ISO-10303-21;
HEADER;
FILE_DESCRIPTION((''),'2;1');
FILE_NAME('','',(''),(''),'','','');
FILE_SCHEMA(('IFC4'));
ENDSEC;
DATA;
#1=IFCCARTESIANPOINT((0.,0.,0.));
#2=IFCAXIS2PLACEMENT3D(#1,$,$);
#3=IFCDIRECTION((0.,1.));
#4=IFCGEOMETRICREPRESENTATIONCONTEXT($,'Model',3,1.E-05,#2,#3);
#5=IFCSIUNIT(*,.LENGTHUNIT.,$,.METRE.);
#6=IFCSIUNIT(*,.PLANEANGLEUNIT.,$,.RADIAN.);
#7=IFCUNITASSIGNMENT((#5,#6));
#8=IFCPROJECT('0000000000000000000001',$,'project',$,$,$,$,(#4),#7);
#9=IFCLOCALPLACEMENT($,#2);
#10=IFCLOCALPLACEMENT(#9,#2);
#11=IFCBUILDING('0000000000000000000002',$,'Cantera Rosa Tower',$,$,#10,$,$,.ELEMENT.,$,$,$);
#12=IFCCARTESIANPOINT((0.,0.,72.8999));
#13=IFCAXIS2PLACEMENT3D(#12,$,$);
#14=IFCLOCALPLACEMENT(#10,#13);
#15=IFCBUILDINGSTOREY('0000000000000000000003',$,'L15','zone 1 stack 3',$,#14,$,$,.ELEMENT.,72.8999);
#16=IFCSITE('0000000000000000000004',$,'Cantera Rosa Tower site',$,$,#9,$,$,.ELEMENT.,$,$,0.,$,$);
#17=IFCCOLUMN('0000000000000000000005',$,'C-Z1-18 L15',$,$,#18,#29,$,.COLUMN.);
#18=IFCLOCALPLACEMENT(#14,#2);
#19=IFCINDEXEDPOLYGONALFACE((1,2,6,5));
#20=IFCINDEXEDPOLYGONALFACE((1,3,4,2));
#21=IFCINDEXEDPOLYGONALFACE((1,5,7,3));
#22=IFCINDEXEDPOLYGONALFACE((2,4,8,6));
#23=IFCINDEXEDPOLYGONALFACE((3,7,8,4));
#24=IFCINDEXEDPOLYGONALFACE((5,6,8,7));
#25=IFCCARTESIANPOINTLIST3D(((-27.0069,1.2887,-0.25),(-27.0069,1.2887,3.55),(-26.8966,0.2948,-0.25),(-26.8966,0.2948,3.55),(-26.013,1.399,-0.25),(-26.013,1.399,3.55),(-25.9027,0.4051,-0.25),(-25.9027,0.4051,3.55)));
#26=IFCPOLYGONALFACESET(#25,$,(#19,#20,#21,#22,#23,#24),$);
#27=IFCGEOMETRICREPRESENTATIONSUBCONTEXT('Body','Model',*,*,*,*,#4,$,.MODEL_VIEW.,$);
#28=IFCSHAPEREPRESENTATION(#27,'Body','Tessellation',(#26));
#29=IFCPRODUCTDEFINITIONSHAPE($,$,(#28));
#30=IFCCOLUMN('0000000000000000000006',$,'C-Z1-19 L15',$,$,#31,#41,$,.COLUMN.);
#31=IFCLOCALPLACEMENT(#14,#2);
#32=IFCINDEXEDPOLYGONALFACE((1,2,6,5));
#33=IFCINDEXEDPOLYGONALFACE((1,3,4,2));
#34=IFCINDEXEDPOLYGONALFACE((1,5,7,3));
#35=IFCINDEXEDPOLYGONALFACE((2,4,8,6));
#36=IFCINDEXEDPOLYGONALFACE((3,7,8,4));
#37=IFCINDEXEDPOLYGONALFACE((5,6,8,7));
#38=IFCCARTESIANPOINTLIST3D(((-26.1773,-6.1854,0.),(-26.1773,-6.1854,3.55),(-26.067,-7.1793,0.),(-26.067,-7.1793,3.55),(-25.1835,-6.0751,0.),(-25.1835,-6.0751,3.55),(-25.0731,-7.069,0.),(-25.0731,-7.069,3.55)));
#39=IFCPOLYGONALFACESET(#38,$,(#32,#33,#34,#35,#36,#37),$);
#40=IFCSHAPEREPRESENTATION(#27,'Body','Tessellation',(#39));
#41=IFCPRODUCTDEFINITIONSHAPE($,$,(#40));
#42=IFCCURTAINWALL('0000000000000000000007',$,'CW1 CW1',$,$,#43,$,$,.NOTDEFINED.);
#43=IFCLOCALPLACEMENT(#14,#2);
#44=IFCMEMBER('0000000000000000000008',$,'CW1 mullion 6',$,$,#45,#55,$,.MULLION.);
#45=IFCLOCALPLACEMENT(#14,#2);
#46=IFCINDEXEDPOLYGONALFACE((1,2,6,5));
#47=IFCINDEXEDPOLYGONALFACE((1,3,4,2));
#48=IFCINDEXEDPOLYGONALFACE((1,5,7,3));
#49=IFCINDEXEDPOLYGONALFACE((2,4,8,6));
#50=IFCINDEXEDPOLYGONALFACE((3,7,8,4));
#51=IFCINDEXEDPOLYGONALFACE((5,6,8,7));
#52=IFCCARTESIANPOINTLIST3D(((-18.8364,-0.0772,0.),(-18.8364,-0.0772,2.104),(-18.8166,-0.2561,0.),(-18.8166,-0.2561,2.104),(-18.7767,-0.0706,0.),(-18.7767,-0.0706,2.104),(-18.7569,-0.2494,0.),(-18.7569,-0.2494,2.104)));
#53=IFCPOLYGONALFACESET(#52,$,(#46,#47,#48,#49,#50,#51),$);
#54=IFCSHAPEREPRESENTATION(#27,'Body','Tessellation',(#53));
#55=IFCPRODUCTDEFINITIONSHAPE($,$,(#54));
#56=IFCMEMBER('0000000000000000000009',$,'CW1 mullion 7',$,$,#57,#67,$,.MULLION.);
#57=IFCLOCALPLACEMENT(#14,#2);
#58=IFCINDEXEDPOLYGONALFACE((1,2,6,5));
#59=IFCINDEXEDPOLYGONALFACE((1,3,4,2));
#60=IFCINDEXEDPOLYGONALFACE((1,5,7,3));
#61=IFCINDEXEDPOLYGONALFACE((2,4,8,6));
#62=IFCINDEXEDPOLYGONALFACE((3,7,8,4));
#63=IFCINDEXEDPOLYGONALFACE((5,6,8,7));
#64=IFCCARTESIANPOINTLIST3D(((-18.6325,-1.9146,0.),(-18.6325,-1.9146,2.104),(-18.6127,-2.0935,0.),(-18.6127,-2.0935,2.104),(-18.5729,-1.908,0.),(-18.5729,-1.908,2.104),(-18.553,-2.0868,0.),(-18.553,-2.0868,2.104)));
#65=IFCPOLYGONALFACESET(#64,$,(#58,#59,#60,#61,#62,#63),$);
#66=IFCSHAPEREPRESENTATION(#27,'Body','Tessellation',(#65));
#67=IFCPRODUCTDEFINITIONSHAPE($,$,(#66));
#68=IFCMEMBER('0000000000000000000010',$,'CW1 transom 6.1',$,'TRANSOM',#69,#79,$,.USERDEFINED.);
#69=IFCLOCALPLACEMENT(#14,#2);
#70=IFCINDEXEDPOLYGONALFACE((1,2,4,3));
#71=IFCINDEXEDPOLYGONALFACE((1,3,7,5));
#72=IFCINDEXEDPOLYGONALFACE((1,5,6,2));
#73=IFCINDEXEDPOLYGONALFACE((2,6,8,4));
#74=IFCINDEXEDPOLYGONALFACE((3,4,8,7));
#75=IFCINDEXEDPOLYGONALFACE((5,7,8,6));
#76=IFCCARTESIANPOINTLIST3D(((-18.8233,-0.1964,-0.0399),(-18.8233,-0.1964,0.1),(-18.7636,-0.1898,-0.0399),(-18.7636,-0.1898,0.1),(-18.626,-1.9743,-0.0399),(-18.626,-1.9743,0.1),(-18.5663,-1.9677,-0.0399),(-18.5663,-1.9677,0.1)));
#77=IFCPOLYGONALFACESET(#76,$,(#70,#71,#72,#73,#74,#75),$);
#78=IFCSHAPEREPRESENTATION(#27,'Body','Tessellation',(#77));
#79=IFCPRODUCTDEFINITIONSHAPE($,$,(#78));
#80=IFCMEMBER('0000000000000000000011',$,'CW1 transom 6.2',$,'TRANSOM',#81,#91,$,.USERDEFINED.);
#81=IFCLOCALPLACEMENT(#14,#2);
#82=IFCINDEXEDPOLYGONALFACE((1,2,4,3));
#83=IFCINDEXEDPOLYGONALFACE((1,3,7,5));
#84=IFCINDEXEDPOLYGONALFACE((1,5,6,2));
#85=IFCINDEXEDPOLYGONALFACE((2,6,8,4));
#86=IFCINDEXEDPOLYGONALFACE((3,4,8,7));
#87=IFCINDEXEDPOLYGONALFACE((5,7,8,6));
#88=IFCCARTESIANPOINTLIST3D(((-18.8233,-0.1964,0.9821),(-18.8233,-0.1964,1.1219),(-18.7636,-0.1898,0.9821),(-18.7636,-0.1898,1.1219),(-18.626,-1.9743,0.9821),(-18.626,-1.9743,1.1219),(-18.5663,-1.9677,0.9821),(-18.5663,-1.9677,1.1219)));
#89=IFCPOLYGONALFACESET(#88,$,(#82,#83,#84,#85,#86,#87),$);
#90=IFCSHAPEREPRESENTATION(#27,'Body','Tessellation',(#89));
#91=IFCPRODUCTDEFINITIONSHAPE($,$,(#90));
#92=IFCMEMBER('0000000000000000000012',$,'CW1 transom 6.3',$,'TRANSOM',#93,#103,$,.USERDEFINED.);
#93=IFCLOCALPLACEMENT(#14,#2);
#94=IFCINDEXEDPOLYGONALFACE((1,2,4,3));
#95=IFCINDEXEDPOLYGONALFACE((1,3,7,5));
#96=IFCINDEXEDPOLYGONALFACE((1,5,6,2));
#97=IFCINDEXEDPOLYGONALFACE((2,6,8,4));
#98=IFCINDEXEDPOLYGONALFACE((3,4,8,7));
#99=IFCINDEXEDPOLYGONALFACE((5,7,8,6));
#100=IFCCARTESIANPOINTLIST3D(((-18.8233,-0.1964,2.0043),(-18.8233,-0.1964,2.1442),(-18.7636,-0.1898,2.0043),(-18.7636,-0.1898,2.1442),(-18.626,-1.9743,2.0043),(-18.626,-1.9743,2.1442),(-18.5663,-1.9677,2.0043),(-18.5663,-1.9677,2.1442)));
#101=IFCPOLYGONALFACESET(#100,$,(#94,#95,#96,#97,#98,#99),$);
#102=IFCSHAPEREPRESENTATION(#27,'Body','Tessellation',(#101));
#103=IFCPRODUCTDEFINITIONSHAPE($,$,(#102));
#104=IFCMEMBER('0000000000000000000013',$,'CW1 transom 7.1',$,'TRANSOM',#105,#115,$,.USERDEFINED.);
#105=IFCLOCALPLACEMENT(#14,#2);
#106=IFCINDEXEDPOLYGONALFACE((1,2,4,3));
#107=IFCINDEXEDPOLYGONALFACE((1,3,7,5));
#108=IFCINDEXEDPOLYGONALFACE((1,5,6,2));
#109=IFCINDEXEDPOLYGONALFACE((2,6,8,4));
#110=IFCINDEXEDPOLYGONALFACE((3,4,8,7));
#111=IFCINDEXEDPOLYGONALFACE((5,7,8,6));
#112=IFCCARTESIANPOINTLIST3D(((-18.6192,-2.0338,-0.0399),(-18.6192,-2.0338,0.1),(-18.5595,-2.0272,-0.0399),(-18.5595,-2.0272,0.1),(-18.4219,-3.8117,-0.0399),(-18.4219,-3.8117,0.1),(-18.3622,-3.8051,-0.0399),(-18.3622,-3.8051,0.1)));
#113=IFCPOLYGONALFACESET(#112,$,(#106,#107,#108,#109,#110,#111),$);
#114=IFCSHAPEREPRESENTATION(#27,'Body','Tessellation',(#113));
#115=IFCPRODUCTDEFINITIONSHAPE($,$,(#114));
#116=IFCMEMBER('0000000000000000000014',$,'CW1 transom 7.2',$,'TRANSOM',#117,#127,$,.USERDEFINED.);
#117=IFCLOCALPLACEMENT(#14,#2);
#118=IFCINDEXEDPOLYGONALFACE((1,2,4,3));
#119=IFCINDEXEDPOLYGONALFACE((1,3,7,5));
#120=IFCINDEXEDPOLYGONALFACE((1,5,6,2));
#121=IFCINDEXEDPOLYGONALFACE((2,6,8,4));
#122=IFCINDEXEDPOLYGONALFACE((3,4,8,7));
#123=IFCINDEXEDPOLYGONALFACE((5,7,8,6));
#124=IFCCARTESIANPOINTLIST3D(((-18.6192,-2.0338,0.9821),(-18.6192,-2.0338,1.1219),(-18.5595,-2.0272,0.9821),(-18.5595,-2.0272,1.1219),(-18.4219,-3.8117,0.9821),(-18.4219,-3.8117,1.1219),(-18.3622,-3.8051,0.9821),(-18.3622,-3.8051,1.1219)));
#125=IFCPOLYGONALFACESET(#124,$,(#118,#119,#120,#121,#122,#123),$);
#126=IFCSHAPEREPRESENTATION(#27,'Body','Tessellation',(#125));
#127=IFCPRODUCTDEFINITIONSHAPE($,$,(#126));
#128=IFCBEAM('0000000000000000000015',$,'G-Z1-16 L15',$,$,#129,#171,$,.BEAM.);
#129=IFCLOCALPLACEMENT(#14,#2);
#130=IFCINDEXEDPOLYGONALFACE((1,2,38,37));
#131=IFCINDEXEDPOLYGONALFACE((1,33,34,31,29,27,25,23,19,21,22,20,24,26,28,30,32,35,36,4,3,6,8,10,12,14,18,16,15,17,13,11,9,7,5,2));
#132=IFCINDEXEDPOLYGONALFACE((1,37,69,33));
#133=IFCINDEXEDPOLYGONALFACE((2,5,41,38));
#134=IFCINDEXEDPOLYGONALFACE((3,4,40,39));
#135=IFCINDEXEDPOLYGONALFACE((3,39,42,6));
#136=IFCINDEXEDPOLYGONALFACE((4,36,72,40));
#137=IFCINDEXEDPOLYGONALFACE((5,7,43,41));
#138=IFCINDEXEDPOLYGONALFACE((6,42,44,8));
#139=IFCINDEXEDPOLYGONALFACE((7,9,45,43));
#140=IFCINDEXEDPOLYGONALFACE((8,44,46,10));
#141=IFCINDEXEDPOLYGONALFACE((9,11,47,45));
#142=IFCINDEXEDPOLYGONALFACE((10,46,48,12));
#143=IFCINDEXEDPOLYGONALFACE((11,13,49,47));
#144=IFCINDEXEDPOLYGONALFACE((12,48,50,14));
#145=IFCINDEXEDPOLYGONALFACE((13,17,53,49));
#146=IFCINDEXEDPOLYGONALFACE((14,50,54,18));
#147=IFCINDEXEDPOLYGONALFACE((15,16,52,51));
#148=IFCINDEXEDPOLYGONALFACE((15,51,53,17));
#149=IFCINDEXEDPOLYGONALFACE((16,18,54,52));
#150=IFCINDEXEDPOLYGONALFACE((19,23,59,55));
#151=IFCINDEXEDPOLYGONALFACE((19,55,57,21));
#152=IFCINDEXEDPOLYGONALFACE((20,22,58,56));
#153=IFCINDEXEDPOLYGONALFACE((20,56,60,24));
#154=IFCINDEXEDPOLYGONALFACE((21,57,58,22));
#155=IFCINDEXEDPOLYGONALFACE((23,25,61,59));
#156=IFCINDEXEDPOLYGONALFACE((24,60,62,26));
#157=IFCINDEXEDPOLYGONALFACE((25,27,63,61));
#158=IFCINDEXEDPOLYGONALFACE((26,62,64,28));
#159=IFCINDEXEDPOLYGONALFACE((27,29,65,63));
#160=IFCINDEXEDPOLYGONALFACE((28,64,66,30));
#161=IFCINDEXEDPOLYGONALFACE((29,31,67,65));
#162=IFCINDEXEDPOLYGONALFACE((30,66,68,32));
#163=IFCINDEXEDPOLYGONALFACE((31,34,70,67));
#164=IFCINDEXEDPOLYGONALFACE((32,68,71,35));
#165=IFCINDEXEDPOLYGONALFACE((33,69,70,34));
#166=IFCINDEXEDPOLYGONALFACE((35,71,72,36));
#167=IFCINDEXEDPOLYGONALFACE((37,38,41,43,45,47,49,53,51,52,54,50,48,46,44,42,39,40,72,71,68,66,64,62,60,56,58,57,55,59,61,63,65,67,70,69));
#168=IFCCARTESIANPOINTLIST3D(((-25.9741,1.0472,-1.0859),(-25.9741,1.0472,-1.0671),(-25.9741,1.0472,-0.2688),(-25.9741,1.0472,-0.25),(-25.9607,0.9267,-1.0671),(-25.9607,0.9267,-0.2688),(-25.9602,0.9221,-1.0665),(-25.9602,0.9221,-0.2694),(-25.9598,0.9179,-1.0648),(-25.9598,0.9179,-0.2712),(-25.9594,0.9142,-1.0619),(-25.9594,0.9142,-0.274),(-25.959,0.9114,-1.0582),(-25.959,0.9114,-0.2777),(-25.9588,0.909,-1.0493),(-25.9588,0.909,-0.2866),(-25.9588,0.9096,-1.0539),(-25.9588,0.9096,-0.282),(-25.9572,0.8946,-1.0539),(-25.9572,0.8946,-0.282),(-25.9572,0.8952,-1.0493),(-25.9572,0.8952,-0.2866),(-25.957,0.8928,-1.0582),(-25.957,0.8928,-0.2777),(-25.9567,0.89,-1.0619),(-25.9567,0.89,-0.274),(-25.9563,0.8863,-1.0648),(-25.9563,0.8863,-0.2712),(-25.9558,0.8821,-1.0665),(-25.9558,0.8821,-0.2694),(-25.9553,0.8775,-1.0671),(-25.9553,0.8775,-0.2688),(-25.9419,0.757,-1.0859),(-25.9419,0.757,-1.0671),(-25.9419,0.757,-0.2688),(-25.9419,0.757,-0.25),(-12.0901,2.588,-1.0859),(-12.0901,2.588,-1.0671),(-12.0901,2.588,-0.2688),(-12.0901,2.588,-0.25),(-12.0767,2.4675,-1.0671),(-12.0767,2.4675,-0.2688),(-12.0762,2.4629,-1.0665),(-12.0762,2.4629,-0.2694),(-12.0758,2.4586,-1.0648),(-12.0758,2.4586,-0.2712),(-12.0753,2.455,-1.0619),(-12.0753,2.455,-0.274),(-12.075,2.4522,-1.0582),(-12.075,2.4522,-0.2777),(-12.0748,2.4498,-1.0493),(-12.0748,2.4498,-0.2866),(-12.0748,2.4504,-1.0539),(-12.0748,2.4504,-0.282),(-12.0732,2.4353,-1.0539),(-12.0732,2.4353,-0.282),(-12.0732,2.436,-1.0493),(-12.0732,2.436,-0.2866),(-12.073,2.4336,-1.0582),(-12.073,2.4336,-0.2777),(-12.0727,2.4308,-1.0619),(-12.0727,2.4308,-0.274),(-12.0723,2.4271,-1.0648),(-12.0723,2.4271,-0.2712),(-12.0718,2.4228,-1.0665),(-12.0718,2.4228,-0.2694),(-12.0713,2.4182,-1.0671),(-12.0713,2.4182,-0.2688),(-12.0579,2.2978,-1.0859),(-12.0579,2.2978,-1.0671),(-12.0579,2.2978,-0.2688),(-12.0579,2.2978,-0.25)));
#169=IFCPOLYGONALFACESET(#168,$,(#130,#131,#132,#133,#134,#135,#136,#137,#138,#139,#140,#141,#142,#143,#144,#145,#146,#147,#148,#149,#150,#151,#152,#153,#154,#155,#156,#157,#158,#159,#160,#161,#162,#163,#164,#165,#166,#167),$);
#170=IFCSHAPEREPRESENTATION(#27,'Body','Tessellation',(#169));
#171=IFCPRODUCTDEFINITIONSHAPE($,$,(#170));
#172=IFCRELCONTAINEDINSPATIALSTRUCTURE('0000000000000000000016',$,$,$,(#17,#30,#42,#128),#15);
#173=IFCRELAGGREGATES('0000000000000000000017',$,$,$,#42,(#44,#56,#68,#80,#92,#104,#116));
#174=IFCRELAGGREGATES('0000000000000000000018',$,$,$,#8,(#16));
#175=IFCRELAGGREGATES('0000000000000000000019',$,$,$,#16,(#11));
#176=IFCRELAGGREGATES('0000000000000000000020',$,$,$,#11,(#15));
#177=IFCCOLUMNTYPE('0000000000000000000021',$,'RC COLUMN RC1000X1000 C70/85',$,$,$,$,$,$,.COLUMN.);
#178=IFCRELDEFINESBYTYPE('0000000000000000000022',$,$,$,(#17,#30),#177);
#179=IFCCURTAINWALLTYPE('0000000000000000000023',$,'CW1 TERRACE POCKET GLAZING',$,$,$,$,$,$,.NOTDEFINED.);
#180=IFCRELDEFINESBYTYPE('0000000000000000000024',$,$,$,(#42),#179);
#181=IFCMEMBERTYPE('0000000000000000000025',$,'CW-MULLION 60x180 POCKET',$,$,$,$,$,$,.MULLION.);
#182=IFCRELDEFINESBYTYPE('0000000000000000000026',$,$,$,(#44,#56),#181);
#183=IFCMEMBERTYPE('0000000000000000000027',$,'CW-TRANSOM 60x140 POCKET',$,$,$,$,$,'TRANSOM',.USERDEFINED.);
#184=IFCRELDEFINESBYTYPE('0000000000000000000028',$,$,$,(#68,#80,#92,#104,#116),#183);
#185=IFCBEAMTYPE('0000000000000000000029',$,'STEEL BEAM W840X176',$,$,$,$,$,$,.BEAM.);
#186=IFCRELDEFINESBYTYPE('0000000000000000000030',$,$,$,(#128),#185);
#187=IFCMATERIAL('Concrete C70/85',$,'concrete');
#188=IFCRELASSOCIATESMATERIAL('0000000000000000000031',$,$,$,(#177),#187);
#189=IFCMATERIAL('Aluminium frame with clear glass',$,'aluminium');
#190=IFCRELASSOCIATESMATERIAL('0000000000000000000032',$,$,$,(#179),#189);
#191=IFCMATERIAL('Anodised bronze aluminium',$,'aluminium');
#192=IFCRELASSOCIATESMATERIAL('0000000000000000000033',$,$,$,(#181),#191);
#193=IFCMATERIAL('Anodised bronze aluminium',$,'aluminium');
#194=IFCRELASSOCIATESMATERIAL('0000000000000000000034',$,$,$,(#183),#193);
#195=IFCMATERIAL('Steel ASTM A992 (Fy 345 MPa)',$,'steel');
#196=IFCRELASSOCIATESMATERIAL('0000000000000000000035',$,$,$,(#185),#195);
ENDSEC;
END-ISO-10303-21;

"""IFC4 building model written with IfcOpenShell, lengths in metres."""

from ifc_helpers import new_model, si_unit, direction, frame, origin, origin_2d, place, context, subcontext, project, spatial, rectangle, i_section, extrude, material, material_profile, profile_set, type_object, element, aggregate, save


model = new_model("IFC4")

# Units and contexts
model_context = context("Model", 3, precision=1e-05, world=origin(), true_north=direction((0.0, 1.0)))
body_context = subcontext(model_context, "Body", "Model", "MODEL_VIEW")
ifc_project = project(units=[si_unit("LENGTHUNIT", "METRE"), si_unit("PLANEANGLEUNIT", "RADIAN")], contexts=[model_context])

# Site, building, storey
site_placement = place(None, origin())
site = spatial("IfcSite", under=ifc_project, at=site_placement, Name="Cantera Rosa Tower site", CompositionType="ELEMENT", RefElevation=0.0)
building_placement = place(site_placement, origin())
building = spatial("IfcBuilding", under=site, at=building_placement, Name="Cantera Rosa Tower", CompositionType="ELEMENT")
storey_placement = place(building_placement, frame((0.0, 0.0, 72.8999)))
storey = spatial("IfcBuildingStorey", under=building, at=storey_placement, Name="L15", Description="zone 1 stack 3", CompositionType="ELEMENT", Elevation=72.8999)

# Columns
ifc_material_1 = material(Name="Concrete C70/85", Category="concrete")
ifc_material_profile_1 = material_profile(ifc_material_1, rectangle(XDim=1.0, YDim=1.0, at=origin_2d()), Name="RC COLUMN RC1000X1000 C70/85")
ifc_profile_set_1 = profile_set([ifc_material_profile_1], Name="Concrete C70/85")
column_type = type_object("IfcColumnType", Name="RC COLUMN RC1000X1000 C70/85", PredefinedType="COLUMN", material=ifc_profile_set_1)
column_1_placement = place(storey_placement, frame((-26.4548, 0.8469, -0.25), z_axis=(0.0, 0.0, 1.0), x_axis=(0.993897, 0.110313, 0.0)))
element("IfcColumn", 1, at=column_1_placement, inside=storey, type_object=column_type, Name="C-Z1-18 L15", PredefinedType="COLUMN", context=body_context, shape_type="SweptSolid", body=[
    extrude(rectangle(XDim=1.0, YDim=1.0, at=origin_2d()), origin(), (0.0, 0.0, 1.0), 3.8),
])
column_2_placement = place(storey_placement, frame((-25.6252, -6.6272, 0.0), z_axis=(0.0, 0.0, 1.0), x_axis=(0.993897, 0.110313, 0.0)))
element("IfcColumn", 2, at=column_2_placement, inside=storey, type_object=column_type, Name="C-Z1-19 L15", PredefinedType="COLUMN", context=body_context, shape_type="SweptSolid", body=[
    extrude(rectangle(XDim=1.0, YDim=1.0, at=origin_2d()), origin(), (0.0, 0.0, 1.0), 3.55),
])

# Curtain wall, members
ifc_material_2 = material(Name="Aluminium frame with clear glass", Category="aluminium")
curtain_wall_type = type_object("IfcCurtainWallType", Name="CW1 TERRACE POCKET GLAZING", PredefinedType="NOTDEFINED", material=ifc_material_2)
curtain_wall_placement = place(storey_placement, origin())
curtain_wall = element("IfcCurtainWall", 3, at=curtain_wall_placement, inside=storey, type_object=curtain_wall_type, Name="CW1 CW1", PredefinedType="NOTDEFINED")
ifc_material_3 = material(Name="Anodised bronze aluminium", Category="aluminium")
ifc_material_profile_2 = material_profile(ifc_material_3, rectangle(XDim=0.0601, YDim=0.1799, at=origin_2d()), Name="CW-MULLION 60x180 POCKET")
ifc_profile_set_2 = profile_set([ifc_material_profile_2], Name="Anodised bronze aluminium")
member_type_1 = type_object("IfcMemberType", Name="CW-MULLION 60x180 POCKET", PredefinedType="MULLION", material=ifc_profile_set_2)
member_1_placement = place(storey_placement, frame((-18.7966, -0.1633, 0.0), z_axis=(0.0, 0.0, 1.0), x_axis=(0.993897, 0.110313, 0.0)))
member_1 = element("IfcMember", 4, at=member_1_placement, type_object=member_type_1, Name="CW1 mullion 6", PredefinedType="MULLION", context=body_context, shape_type="SweptSolid", body=[
    extrude(rectangle(XDim=0.0601, YDim=0.1799, at=origin_2d()), origin(), (0.0, 0.0, 1.0), 2.104),
])
member_2_placement = place(storey_placement, frame((-18.5928, -2.0007, 0.0), z_axis=(0.0, 0.0, 1.0), x_axis=(0.993897, 0.110313, 0.0)))
member_2 = element("IfcMember", 5, at=member_2_placement, type_object=member_type_1, Name="CW1 mullion 7", PredefinedType="MULLION", context=body_context, shape_type="SweptSolid", body=[
    extrude(rectangle(XDim=0.0601, YDim=0.1799, at=origin_2d()), origin(), (0.0, 0.0, 1.0), 2.104),
])
ifc_material_4 = material(Name="Anodised bronze aluminium", Category="aluminium")
ifc_material_profile_3 = material_profile(ifc_material_4, rectangle(XDim=0.0601, YDim=0.1399, at=origin_2d()), Name="CW-TRANSOM 60x140 POCKET")
ifc_profile_set_3 = profile_set([ifc_material_profile_3], Name="Anodised bronze aluminium")
member_type_2 = type_object("IfcMemberType", Name="CW-TRANSOM 60x140 POCKET", ElementType="TRANSOM", PredefinedType="USERDEFINED", material=ifc_profile_set_3)
member_3_placement = place(storey_placement, frame((-18.7935, -0.1931, 0.03), z_axis=(0.110282, -0.9939, 0.0), x_axis=(0.9939, 0.110282, 0.0)))
member_3 = element("IfcMember", 6, at=member_3_placement, type_object=member_type_2, Name="CW1 transom 6.1", ObjectType="TRANSOM", PredefinedType="USERDEFINED", context=body_context, shape_type="SweptSolid", body=[
    extrude(rectangle(XDim=0.0601, YDim=0.1399, at=origin_2d()), origin(), (0.0, 0.0, 1.0), 1.7888),
])
member_4_placement = place(storey_placement, frame((-18.7935, -0.1931, 1.052), z_axis=(0.110282, -0.9939, 0.0), x_axis=(0.9939, 0.110282, 0.0)))
member_4 = element("IfcMember", 7, at=member_4_placement, type_object=member_type_2, Name="CW1 transom 6.2", ObjectType="TRANSOM", PredefinedType="USERDEFINED", context=body_context, shape_type="SweptSolid", body=[
    extrude(rectangle(XDim=0.0601, YDim=0.1399, at=origin_2d()), origin(), (0.0, 0.0, 1.0), 1.7888),
])
member_5_placement = place(storey_placement, frame((-18.7935, -0.1931, 2.0742), z_axis=(0.110282, -0.9939, 0.0), x_axis=(0.9939, 0.110282, 0.0)))
member_5 = element("IfcMember", 8, at=member_5_placement, type_object=member_type_2, Name="CW1 transom 6.3", ObjectType="TRANSOM", PredefinedType="USERDEFINED", context=body_context, shape_type="SweptSolid", body=[
    extrude(rectangle(XDim=0.0601, YDim=0.1399, at=origin_2d()), origin(), (0.0, 0.0, 1.0), 1.7888),
])
member_6_placement = place(storey_placement, frame((-18.5894, -2.0305, 0.03), z_axis=(0.110282, -0.9939, 0.0), x_axis=(0.9939, 0.110282, 0.0)))
member_6 = element("IfcMember", 9, at=member_6_placement, type_object=member_type_2, Name="CW1 transom 7.1", ObjectType="TRANSOM", PredefinedType="USERDEFINED", context=body_context, shape_type="SweptSolid", body=[
    extrude(rectangle(XDim=0.0601, YDim=0.1399, at=origin_2d()), origin(), (0.0, 0.0, 1.0), 1.7888),
])
member_7_placement = place(storey_placement, frame((-18.5894, -2.0305, 1.052), z_axis=(0.110282, -0.9939, 0.0), x_axis=(0.9939, 0.110282, 0.0)))
member_7 = element("IfcMember", 10, at=member_7_placement, type_object=member_type_2, Name="CW1 transom 7.2", ObjectType="TRANSOM", PredefinedType="USERDEFINED", context=body_context, shape_type="SweptSolid", body=[
    extrude(rectangle(XDim=0.0601, YDim=0.1399, at=origin_2d()), origin(), (0.0, 0.0, 1.0), 1.7888),
])

# Beam
ifc_material_5 = material(Name="Steel ASTM A992 (Fy 345 MPa)", Category="steel")
ifc_material_profile_4 = material_profile(ifc_material_5, i_section(OverallWidth=0.292, OverallDepth=0.8359, WebThickness=0.0139, FlangeThickness=0.0188, FilletRadius=0.0178, at=origin_2d()), Name="W840X176")
ifc_profile_set_4 = profile_set([ifc_material_profile_4], Name="Steel ASTM A992 (Fy 345 MPa)")
beam_type_1 = type_object("IfcBeamType", Name="STEEL BEAM W840X176", PredefinedType="BEAM", material=ifc_profile_set_4)
beam_1_placement = place(storey_placement, frame((-25.958, 0.9021, -0.668), z_axis=(0.993899, 0.110297, 0.0), x_axis=(-0.110297, 0.993899, 0.0)))
element("IfcBeam", 11, at=beam_1_placement, inside=storey, type_object=beam_type_1, Name="G-Z1-16 L15", PredefinedType="BEAM", context=body_context, shape_type="SweptSolid", body=[
    extrude(i_section(OverallWidth=0.292, OverallDepth=0.8359, WebThickness=0.0139, FlangeThickness=0.0188, FilletRadius=0.0178, at=origin_2d()), origin(), (0.0, 0.0, 1.0), 13.9692),
])

aggregate(curtain_wall, [member_1, member_2, member_3, member_4, member_5, member_6, member_7])

save(model, "model.ifc")
